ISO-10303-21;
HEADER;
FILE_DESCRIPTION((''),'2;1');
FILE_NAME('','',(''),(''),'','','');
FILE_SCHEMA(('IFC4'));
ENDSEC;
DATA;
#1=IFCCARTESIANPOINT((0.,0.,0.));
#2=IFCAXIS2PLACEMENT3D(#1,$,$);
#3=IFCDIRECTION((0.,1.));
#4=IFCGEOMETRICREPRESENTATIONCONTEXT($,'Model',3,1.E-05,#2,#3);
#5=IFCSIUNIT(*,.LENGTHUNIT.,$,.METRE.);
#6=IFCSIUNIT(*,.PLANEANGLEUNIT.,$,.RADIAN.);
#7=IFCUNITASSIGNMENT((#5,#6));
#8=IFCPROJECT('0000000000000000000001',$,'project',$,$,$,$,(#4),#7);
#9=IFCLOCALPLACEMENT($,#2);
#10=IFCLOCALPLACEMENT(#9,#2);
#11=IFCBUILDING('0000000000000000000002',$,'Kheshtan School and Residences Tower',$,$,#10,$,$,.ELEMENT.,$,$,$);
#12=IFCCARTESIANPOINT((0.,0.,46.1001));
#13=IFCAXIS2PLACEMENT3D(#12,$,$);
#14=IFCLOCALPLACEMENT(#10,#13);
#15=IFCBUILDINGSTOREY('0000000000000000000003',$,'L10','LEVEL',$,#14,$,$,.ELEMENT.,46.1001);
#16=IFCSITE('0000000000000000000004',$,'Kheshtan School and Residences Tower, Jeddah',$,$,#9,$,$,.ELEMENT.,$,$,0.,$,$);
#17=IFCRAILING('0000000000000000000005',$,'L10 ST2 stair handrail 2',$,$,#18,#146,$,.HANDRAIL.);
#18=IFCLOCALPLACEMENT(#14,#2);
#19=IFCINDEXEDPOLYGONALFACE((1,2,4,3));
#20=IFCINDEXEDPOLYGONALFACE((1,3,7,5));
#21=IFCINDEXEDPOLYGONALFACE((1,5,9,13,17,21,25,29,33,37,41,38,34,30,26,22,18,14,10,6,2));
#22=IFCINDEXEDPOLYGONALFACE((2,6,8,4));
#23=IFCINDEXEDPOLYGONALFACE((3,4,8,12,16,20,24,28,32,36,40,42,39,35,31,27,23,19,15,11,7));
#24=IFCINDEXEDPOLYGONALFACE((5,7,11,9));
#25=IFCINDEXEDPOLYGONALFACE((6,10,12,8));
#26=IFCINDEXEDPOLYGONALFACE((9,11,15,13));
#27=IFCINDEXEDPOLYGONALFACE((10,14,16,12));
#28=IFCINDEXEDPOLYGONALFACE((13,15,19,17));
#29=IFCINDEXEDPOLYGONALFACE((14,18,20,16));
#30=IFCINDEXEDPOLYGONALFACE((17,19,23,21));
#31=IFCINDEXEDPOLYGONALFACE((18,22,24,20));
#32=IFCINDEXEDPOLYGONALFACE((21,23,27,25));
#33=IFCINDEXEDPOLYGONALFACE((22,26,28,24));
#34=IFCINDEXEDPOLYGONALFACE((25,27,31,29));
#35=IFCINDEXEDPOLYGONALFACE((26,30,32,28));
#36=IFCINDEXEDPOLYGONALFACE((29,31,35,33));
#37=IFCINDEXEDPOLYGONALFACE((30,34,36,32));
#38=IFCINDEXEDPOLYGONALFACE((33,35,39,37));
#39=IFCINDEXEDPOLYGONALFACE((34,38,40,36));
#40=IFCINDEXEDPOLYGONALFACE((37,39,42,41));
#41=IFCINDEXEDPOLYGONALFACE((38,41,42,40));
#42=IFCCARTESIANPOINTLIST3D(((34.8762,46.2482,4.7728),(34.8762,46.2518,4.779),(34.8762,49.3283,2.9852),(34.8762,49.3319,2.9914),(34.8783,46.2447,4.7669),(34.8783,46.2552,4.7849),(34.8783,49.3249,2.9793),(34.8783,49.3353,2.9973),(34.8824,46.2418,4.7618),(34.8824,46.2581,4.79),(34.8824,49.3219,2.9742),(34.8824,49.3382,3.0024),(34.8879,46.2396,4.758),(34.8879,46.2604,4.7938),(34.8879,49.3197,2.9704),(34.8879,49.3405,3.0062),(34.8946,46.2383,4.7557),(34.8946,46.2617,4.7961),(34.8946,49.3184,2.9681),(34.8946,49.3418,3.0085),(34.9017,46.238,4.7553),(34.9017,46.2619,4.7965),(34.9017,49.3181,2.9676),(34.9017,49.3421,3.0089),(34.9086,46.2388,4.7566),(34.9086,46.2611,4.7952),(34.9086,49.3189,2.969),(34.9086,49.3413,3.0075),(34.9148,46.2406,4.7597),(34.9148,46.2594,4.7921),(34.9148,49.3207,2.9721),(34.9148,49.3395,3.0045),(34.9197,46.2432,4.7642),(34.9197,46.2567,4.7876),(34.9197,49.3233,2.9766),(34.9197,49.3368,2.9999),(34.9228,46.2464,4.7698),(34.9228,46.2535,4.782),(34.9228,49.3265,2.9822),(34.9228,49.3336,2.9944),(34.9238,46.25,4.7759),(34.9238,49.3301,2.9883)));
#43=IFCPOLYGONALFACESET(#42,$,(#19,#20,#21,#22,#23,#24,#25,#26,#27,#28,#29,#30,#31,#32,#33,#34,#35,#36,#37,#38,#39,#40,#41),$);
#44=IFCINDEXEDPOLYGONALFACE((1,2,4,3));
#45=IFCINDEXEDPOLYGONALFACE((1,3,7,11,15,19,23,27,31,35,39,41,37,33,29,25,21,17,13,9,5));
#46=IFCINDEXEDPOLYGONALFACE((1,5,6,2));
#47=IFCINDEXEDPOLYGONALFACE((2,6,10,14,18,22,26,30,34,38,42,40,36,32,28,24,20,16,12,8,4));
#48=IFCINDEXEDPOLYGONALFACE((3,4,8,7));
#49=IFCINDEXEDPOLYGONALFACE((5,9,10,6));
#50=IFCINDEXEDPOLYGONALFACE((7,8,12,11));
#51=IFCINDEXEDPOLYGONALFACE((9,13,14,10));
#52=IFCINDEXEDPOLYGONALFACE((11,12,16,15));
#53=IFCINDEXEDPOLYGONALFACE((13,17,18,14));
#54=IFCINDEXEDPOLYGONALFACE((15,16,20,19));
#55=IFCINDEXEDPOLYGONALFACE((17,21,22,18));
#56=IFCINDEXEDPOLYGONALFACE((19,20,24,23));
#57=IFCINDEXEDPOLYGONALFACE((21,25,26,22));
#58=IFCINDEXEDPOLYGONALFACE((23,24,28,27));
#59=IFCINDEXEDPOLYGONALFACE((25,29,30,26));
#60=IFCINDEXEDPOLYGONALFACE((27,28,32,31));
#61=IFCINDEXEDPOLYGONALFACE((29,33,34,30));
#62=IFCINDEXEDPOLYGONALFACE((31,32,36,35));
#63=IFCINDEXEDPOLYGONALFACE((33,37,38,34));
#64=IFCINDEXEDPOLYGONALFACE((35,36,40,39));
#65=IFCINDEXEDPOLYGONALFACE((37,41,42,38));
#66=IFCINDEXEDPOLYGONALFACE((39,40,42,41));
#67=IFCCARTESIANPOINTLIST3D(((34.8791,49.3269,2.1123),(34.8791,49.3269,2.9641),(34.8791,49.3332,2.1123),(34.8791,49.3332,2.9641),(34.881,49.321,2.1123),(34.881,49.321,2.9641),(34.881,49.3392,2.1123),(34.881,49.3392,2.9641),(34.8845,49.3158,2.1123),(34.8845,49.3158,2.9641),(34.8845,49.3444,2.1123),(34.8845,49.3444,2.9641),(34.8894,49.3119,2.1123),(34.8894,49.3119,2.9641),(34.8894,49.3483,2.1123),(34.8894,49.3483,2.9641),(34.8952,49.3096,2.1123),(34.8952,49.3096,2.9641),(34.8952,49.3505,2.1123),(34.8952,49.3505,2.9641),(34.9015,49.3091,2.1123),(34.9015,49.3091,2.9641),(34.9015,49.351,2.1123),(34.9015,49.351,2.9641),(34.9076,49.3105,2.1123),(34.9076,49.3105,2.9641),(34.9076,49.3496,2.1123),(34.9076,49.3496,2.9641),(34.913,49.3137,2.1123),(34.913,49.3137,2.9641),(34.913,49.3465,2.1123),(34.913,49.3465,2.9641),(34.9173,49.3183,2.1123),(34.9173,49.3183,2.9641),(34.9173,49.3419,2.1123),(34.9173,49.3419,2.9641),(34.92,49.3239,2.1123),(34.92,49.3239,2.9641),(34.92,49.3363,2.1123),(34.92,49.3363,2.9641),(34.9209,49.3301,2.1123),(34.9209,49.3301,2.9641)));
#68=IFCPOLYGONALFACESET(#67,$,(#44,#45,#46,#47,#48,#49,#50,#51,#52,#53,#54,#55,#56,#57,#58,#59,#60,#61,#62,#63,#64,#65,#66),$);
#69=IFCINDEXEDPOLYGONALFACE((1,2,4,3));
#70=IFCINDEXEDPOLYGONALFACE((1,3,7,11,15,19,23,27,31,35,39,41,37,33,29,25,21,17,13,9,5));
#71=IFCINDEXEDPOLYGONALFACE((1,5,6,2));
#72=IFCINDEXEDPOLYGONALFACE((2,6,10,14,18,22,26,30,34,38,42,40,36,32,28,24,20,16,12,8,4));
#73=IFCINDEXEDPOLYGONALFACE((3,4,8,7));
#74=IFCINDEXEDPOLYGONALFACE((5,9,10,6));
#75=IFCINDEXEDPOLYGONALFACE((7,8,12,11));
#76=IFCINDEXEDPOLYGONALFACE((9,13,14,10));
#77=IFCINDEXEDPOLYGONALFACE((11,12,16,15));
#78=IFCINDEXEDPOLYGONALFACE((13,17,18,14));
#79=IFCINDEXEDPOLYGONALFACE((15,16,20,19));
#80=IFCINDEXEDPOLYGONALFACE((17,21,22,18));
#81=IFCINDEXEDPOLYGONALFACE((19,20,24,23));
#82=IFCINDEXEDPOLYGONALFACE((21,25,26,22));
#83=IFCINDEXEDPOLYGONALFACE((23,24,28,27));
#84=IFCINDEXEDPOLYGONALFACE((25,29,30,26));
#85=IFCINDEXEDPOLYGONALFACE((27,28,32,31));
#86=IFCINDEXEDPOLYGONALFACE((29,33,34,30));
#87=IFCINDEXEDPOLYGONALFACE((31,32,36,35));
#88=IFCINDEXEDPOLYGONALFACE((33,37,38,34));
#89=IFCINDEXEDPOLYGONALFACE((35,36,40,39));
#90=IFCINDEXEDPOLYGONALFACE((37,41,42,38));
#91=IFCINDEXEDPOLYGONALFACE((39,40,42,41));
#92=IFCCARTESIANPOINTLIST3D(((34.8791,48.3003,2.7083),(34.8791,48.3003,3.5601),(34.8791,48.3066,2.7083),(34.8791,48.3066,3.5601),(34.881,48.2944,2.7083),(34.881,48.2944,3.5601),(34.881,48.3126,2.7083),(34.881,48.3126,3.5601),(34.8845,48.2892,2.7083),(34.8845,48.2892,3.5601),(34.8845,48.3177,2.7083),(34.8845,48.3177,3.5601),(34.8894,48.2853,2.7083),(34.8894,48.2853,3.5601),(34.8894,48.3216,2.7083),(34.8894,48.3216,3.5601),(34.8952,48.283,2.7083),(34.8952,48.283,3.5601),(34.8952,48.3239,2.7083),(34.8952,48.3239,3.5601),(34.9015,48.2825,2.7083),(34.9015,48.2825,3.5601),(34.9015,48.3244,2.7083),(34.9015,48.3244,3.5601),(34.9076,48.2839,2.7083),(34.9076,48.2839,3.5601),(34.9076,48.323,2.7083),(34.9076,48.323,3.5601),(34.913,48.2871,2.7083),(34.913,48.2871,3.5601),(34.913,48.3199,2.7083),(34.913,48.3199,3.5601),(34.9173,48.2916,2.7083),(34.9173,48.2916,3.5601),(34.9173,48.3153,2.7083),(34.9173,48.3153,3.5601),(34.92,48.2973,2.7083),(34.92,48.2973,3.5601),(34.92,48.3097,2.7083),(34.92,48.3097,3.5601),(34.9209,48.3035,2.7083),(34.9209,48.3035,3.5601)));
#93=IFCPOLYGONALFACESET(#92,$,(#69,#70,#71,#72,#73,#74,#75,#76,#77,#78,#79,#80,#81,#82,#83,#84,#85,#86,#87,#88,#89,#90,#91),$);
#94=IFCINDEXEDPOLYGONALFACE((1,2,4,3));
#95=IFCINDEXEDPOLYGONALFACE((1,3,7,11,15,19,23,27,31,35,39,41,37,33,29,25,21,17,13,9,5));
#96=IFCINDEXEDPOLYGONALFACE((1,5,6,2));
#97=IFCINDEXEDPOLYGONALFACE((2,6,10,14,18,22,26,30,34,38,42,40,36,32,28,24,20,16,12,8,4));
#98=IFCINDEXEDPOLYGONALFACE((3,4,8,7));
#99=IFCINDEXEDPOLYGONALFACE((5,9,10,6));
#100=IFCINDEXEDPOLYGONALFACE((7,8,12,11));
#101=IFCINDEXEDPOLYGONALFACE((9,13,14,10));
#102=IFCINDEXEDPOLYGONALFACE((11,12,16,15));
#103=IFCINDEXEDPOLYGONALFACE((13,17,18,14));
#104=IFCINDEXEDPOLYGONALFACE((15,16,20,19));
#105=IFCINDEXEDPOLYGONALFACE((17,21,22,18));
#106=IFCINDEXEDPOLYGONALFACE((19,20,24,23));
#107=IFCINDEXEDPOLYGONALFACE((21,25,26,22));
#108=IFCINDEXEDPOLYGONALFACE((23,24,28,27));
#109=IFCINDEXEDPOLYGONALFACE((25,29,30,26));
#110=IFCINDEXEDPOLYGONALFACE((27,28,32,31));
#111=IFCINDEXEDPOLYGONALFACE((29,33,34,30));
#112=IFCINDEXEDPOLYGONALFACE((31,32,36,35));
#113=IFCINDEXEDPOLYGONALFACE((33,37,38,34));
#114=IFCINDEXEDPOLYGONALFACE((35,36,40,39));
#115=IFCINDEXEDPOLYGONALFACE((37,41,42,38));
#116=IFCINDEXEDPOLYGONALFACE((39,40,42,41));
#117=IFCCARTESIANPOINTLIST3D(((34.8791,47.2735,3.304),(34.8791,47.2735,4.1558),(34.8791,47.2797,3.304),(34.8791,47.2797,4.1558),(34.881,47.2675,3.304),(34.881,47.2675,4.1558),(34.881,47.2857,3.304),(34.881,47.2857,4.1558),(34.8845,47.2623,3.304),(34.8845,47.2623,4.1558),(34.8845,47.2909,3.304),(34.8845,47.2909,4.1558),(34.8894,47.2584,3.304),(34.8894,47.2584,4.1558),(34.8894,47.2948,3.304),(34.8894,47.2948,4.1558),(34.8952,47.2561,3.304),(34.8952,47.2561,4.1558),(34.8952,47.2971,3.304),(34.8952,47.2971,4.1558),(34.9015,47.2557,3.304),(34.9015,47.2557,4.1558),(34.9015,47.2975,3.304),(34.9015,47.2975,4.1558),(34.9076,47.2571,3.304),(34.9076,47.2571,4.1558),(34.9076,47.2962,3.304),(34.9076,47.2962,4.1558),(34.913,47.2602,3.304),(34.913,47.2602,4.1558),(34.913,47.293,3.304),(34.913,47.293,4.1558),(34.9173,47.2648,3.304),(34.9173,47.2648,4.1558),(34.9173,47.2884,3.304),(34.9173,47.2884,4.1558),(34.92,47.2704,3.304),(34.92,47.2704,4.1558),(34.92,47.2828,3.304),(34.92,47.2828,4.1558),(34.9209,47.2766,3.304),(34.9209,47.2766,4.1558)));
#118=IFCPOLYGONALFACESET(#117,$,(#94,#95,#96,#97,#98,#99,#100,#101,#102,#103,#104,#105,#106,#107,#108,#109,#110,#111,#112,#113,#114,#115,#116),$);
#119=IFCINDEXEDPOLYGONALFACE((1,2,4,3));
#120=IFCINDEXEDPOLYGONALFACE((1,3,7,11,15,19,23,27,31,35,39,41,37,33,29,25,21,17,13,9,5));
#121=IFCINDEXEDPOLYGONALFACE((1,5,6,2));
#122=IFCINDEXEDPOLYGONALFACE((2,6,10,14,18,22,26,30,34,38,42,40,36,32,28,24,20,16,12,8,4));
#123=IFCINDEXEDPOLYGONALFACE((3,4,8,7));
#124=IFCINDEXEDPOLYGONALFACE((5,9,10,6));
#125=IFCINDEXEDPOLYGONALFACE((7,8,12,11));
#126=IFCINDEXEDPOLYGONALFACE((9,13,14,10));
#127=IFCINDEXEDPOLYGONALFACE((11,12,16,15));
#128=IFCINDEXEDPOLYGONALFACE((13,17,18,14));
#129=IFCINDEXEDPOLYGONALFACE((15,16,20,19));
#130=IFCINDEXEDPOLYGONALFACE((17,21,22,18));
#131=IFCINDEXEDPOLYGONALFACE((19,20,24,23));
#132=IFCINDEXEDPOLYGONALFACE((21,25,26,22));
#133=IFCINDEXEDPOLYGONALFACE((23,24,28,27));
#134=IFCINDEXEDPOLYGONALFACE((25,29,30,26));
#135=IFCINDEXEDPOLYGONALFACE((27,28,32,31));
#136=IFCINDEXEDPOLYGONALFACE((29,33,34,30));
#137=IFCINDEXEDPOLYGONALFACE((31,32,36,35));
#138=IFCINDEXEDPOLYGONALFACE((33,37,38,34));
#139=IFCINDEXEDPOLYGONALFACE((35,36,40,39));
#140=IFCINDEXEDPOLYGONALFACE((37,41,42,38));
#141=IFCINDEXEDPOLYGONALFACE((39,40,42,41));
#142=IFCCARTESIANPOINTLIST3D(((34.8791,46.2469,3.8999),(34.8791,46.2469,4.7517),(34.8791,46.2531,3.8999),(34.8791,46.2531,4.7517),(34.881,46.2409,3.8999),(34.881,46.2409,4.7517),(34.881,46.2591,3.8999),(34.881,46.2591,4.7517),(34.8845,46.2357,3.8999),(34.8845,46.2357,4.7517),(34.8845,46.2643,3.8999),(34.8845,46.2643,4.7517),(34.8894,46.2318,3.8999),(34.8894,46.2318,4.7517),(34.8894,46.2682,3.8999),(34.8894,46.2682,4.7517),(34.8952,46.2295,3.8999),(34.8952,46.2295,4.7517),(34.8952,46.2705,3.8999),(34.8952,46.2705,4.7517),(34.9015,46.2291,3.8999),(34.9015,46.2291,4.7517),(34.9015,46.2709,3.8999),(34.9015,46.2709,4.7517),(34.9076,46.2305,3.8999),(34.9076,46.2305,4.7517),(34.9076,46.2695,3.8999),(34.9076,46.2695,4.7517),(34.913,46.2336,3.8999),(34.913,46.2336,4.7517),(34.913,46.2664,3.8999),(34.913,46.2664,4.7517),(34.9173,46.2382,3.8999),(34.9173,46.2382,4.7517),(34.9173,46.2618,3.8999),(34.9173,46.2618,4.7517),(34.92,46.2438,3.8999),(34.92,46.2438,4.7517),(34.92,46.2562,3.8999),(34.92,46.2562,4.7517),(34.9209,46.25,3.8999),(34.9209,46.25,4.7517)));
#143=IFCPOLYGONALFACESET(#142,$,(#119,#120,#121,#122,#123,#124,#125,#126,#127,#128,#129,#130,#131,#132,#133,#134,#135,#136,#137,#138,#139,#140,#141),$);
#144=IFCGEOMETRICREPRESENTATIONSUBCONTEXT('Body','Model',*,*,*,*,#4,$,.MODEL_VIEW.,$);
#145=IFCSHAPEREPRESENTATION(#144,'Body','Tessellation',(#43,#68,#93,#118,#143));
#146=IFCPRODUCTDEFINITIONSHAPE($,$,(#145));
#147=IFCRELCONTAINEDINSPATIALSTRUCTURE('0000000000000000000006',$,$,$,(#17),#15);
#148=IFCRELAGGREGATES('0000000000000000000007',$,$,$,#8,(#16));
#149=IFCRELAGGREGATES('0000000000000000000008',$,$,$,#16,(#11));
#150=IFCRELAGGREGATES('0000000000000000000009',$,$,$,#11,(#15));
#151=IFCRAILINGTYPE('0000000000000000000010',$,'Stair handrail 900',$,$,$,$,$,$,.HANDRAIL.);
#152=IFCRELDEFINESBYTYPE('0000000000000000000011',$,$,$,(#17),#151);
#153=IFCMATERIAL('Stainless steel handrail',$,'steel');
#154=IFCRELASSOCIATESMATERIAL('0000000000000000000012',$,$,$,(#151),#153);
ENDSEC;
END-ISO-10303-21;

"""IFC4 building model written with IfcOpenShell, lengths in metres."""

from ifc_helpers import new_model, si_unit, direction, frame, origin, origin_2d, place, context, subcontext, project, spatial, circle, extrude, material, type_object, element, save


model = new_model("IFC4")

# Units and contexts
model_context = context("Model", 3, precision=1e-05, world=origin(), true_north=direction((0.0, 1.0)))
body_context = subcontext(model_context, "Body", "Model", "MODEL_VIEW")
ifc_project = project(units=[si_unit("LENGTHUNIT", "METRE"), si_unit("PLANEANGLEUNIT", "RADIAN")], contexts=[model_context])

# Site, building, storey
site_placement = place(None, origin())
site = spatial("IfcSite", under=ifc_project, at=site_placement, Name="Kheshtan School and Residences Tower, Jeddah", CompositionType="ELEMENT", RefElevation=0.0)
building_placement = place(site_placement, origin())
building = spatial("IfcBuilding", under=site, at=building_placement, Name="Kheshtan School and Residences Tower", CompositionType="ELEMENT")
storey_placement = place(building_placement, frame((0.0, 0.0, 46.1001)))
storey = spatial("IfcBuildingStorey", under=building, at=storey_placement, Name="L10", Description="LEVEL", CompositionType="ELEMENT", Elevation=46.1001)

# Railing
ifc_material_1 = material(Name="Stainless steel handrail", Category="steel")
railing_type_1 = type_object("IfcRailingType", Name="Stair handrail 900", PredefinedType="HANDRAIL", material=ifc_material_1)
railing_1_placement = place(storey_placement, frame((34.8999, 49.3301, 2.1123)))
element("IfcRailing", 1, at=railing_1_placement, inside=storey, type_object=railing_type_1, Name="L10 ST2 stair handrail 2", PredefinedType="HANDRAIL", context=body_context, shape_type="SweptSolid", body=[
    extrude(circle(Radius=0.0239, at=origin_2d()), frame((0.0, 0.0, 0.876), z_axis=(0.0, -0.864891, 0.50196), x_axis=(1.0, 0.0, 0.0)), (0.0, 0.0, 1.0), 3.5613),
    extrude(circle(Radius=0.021, at=origin_2d()), origin(), (0.0, 0.0, 1.0), 0.8518),
    extrude(circle(Radius=0.021, at=origin_2d()), frame((0.0, -1.0266, 0.5959)), (0.0, 0.0, 1.0), 0.8518),
    extrude(circle(Radius=0.021, at=origin_2d()), frame((0.0, -2.0535, 1.1917)), (0.0, 0.0, 1.0), 0.8518),
    extrude(circle(Radius=0.021, at=origin_2d()), frame((0.0, -3.0801, 1.7876)), (0.0, 0.0, 1.0), 0.8518),
])

save(model, "model.ifc")
